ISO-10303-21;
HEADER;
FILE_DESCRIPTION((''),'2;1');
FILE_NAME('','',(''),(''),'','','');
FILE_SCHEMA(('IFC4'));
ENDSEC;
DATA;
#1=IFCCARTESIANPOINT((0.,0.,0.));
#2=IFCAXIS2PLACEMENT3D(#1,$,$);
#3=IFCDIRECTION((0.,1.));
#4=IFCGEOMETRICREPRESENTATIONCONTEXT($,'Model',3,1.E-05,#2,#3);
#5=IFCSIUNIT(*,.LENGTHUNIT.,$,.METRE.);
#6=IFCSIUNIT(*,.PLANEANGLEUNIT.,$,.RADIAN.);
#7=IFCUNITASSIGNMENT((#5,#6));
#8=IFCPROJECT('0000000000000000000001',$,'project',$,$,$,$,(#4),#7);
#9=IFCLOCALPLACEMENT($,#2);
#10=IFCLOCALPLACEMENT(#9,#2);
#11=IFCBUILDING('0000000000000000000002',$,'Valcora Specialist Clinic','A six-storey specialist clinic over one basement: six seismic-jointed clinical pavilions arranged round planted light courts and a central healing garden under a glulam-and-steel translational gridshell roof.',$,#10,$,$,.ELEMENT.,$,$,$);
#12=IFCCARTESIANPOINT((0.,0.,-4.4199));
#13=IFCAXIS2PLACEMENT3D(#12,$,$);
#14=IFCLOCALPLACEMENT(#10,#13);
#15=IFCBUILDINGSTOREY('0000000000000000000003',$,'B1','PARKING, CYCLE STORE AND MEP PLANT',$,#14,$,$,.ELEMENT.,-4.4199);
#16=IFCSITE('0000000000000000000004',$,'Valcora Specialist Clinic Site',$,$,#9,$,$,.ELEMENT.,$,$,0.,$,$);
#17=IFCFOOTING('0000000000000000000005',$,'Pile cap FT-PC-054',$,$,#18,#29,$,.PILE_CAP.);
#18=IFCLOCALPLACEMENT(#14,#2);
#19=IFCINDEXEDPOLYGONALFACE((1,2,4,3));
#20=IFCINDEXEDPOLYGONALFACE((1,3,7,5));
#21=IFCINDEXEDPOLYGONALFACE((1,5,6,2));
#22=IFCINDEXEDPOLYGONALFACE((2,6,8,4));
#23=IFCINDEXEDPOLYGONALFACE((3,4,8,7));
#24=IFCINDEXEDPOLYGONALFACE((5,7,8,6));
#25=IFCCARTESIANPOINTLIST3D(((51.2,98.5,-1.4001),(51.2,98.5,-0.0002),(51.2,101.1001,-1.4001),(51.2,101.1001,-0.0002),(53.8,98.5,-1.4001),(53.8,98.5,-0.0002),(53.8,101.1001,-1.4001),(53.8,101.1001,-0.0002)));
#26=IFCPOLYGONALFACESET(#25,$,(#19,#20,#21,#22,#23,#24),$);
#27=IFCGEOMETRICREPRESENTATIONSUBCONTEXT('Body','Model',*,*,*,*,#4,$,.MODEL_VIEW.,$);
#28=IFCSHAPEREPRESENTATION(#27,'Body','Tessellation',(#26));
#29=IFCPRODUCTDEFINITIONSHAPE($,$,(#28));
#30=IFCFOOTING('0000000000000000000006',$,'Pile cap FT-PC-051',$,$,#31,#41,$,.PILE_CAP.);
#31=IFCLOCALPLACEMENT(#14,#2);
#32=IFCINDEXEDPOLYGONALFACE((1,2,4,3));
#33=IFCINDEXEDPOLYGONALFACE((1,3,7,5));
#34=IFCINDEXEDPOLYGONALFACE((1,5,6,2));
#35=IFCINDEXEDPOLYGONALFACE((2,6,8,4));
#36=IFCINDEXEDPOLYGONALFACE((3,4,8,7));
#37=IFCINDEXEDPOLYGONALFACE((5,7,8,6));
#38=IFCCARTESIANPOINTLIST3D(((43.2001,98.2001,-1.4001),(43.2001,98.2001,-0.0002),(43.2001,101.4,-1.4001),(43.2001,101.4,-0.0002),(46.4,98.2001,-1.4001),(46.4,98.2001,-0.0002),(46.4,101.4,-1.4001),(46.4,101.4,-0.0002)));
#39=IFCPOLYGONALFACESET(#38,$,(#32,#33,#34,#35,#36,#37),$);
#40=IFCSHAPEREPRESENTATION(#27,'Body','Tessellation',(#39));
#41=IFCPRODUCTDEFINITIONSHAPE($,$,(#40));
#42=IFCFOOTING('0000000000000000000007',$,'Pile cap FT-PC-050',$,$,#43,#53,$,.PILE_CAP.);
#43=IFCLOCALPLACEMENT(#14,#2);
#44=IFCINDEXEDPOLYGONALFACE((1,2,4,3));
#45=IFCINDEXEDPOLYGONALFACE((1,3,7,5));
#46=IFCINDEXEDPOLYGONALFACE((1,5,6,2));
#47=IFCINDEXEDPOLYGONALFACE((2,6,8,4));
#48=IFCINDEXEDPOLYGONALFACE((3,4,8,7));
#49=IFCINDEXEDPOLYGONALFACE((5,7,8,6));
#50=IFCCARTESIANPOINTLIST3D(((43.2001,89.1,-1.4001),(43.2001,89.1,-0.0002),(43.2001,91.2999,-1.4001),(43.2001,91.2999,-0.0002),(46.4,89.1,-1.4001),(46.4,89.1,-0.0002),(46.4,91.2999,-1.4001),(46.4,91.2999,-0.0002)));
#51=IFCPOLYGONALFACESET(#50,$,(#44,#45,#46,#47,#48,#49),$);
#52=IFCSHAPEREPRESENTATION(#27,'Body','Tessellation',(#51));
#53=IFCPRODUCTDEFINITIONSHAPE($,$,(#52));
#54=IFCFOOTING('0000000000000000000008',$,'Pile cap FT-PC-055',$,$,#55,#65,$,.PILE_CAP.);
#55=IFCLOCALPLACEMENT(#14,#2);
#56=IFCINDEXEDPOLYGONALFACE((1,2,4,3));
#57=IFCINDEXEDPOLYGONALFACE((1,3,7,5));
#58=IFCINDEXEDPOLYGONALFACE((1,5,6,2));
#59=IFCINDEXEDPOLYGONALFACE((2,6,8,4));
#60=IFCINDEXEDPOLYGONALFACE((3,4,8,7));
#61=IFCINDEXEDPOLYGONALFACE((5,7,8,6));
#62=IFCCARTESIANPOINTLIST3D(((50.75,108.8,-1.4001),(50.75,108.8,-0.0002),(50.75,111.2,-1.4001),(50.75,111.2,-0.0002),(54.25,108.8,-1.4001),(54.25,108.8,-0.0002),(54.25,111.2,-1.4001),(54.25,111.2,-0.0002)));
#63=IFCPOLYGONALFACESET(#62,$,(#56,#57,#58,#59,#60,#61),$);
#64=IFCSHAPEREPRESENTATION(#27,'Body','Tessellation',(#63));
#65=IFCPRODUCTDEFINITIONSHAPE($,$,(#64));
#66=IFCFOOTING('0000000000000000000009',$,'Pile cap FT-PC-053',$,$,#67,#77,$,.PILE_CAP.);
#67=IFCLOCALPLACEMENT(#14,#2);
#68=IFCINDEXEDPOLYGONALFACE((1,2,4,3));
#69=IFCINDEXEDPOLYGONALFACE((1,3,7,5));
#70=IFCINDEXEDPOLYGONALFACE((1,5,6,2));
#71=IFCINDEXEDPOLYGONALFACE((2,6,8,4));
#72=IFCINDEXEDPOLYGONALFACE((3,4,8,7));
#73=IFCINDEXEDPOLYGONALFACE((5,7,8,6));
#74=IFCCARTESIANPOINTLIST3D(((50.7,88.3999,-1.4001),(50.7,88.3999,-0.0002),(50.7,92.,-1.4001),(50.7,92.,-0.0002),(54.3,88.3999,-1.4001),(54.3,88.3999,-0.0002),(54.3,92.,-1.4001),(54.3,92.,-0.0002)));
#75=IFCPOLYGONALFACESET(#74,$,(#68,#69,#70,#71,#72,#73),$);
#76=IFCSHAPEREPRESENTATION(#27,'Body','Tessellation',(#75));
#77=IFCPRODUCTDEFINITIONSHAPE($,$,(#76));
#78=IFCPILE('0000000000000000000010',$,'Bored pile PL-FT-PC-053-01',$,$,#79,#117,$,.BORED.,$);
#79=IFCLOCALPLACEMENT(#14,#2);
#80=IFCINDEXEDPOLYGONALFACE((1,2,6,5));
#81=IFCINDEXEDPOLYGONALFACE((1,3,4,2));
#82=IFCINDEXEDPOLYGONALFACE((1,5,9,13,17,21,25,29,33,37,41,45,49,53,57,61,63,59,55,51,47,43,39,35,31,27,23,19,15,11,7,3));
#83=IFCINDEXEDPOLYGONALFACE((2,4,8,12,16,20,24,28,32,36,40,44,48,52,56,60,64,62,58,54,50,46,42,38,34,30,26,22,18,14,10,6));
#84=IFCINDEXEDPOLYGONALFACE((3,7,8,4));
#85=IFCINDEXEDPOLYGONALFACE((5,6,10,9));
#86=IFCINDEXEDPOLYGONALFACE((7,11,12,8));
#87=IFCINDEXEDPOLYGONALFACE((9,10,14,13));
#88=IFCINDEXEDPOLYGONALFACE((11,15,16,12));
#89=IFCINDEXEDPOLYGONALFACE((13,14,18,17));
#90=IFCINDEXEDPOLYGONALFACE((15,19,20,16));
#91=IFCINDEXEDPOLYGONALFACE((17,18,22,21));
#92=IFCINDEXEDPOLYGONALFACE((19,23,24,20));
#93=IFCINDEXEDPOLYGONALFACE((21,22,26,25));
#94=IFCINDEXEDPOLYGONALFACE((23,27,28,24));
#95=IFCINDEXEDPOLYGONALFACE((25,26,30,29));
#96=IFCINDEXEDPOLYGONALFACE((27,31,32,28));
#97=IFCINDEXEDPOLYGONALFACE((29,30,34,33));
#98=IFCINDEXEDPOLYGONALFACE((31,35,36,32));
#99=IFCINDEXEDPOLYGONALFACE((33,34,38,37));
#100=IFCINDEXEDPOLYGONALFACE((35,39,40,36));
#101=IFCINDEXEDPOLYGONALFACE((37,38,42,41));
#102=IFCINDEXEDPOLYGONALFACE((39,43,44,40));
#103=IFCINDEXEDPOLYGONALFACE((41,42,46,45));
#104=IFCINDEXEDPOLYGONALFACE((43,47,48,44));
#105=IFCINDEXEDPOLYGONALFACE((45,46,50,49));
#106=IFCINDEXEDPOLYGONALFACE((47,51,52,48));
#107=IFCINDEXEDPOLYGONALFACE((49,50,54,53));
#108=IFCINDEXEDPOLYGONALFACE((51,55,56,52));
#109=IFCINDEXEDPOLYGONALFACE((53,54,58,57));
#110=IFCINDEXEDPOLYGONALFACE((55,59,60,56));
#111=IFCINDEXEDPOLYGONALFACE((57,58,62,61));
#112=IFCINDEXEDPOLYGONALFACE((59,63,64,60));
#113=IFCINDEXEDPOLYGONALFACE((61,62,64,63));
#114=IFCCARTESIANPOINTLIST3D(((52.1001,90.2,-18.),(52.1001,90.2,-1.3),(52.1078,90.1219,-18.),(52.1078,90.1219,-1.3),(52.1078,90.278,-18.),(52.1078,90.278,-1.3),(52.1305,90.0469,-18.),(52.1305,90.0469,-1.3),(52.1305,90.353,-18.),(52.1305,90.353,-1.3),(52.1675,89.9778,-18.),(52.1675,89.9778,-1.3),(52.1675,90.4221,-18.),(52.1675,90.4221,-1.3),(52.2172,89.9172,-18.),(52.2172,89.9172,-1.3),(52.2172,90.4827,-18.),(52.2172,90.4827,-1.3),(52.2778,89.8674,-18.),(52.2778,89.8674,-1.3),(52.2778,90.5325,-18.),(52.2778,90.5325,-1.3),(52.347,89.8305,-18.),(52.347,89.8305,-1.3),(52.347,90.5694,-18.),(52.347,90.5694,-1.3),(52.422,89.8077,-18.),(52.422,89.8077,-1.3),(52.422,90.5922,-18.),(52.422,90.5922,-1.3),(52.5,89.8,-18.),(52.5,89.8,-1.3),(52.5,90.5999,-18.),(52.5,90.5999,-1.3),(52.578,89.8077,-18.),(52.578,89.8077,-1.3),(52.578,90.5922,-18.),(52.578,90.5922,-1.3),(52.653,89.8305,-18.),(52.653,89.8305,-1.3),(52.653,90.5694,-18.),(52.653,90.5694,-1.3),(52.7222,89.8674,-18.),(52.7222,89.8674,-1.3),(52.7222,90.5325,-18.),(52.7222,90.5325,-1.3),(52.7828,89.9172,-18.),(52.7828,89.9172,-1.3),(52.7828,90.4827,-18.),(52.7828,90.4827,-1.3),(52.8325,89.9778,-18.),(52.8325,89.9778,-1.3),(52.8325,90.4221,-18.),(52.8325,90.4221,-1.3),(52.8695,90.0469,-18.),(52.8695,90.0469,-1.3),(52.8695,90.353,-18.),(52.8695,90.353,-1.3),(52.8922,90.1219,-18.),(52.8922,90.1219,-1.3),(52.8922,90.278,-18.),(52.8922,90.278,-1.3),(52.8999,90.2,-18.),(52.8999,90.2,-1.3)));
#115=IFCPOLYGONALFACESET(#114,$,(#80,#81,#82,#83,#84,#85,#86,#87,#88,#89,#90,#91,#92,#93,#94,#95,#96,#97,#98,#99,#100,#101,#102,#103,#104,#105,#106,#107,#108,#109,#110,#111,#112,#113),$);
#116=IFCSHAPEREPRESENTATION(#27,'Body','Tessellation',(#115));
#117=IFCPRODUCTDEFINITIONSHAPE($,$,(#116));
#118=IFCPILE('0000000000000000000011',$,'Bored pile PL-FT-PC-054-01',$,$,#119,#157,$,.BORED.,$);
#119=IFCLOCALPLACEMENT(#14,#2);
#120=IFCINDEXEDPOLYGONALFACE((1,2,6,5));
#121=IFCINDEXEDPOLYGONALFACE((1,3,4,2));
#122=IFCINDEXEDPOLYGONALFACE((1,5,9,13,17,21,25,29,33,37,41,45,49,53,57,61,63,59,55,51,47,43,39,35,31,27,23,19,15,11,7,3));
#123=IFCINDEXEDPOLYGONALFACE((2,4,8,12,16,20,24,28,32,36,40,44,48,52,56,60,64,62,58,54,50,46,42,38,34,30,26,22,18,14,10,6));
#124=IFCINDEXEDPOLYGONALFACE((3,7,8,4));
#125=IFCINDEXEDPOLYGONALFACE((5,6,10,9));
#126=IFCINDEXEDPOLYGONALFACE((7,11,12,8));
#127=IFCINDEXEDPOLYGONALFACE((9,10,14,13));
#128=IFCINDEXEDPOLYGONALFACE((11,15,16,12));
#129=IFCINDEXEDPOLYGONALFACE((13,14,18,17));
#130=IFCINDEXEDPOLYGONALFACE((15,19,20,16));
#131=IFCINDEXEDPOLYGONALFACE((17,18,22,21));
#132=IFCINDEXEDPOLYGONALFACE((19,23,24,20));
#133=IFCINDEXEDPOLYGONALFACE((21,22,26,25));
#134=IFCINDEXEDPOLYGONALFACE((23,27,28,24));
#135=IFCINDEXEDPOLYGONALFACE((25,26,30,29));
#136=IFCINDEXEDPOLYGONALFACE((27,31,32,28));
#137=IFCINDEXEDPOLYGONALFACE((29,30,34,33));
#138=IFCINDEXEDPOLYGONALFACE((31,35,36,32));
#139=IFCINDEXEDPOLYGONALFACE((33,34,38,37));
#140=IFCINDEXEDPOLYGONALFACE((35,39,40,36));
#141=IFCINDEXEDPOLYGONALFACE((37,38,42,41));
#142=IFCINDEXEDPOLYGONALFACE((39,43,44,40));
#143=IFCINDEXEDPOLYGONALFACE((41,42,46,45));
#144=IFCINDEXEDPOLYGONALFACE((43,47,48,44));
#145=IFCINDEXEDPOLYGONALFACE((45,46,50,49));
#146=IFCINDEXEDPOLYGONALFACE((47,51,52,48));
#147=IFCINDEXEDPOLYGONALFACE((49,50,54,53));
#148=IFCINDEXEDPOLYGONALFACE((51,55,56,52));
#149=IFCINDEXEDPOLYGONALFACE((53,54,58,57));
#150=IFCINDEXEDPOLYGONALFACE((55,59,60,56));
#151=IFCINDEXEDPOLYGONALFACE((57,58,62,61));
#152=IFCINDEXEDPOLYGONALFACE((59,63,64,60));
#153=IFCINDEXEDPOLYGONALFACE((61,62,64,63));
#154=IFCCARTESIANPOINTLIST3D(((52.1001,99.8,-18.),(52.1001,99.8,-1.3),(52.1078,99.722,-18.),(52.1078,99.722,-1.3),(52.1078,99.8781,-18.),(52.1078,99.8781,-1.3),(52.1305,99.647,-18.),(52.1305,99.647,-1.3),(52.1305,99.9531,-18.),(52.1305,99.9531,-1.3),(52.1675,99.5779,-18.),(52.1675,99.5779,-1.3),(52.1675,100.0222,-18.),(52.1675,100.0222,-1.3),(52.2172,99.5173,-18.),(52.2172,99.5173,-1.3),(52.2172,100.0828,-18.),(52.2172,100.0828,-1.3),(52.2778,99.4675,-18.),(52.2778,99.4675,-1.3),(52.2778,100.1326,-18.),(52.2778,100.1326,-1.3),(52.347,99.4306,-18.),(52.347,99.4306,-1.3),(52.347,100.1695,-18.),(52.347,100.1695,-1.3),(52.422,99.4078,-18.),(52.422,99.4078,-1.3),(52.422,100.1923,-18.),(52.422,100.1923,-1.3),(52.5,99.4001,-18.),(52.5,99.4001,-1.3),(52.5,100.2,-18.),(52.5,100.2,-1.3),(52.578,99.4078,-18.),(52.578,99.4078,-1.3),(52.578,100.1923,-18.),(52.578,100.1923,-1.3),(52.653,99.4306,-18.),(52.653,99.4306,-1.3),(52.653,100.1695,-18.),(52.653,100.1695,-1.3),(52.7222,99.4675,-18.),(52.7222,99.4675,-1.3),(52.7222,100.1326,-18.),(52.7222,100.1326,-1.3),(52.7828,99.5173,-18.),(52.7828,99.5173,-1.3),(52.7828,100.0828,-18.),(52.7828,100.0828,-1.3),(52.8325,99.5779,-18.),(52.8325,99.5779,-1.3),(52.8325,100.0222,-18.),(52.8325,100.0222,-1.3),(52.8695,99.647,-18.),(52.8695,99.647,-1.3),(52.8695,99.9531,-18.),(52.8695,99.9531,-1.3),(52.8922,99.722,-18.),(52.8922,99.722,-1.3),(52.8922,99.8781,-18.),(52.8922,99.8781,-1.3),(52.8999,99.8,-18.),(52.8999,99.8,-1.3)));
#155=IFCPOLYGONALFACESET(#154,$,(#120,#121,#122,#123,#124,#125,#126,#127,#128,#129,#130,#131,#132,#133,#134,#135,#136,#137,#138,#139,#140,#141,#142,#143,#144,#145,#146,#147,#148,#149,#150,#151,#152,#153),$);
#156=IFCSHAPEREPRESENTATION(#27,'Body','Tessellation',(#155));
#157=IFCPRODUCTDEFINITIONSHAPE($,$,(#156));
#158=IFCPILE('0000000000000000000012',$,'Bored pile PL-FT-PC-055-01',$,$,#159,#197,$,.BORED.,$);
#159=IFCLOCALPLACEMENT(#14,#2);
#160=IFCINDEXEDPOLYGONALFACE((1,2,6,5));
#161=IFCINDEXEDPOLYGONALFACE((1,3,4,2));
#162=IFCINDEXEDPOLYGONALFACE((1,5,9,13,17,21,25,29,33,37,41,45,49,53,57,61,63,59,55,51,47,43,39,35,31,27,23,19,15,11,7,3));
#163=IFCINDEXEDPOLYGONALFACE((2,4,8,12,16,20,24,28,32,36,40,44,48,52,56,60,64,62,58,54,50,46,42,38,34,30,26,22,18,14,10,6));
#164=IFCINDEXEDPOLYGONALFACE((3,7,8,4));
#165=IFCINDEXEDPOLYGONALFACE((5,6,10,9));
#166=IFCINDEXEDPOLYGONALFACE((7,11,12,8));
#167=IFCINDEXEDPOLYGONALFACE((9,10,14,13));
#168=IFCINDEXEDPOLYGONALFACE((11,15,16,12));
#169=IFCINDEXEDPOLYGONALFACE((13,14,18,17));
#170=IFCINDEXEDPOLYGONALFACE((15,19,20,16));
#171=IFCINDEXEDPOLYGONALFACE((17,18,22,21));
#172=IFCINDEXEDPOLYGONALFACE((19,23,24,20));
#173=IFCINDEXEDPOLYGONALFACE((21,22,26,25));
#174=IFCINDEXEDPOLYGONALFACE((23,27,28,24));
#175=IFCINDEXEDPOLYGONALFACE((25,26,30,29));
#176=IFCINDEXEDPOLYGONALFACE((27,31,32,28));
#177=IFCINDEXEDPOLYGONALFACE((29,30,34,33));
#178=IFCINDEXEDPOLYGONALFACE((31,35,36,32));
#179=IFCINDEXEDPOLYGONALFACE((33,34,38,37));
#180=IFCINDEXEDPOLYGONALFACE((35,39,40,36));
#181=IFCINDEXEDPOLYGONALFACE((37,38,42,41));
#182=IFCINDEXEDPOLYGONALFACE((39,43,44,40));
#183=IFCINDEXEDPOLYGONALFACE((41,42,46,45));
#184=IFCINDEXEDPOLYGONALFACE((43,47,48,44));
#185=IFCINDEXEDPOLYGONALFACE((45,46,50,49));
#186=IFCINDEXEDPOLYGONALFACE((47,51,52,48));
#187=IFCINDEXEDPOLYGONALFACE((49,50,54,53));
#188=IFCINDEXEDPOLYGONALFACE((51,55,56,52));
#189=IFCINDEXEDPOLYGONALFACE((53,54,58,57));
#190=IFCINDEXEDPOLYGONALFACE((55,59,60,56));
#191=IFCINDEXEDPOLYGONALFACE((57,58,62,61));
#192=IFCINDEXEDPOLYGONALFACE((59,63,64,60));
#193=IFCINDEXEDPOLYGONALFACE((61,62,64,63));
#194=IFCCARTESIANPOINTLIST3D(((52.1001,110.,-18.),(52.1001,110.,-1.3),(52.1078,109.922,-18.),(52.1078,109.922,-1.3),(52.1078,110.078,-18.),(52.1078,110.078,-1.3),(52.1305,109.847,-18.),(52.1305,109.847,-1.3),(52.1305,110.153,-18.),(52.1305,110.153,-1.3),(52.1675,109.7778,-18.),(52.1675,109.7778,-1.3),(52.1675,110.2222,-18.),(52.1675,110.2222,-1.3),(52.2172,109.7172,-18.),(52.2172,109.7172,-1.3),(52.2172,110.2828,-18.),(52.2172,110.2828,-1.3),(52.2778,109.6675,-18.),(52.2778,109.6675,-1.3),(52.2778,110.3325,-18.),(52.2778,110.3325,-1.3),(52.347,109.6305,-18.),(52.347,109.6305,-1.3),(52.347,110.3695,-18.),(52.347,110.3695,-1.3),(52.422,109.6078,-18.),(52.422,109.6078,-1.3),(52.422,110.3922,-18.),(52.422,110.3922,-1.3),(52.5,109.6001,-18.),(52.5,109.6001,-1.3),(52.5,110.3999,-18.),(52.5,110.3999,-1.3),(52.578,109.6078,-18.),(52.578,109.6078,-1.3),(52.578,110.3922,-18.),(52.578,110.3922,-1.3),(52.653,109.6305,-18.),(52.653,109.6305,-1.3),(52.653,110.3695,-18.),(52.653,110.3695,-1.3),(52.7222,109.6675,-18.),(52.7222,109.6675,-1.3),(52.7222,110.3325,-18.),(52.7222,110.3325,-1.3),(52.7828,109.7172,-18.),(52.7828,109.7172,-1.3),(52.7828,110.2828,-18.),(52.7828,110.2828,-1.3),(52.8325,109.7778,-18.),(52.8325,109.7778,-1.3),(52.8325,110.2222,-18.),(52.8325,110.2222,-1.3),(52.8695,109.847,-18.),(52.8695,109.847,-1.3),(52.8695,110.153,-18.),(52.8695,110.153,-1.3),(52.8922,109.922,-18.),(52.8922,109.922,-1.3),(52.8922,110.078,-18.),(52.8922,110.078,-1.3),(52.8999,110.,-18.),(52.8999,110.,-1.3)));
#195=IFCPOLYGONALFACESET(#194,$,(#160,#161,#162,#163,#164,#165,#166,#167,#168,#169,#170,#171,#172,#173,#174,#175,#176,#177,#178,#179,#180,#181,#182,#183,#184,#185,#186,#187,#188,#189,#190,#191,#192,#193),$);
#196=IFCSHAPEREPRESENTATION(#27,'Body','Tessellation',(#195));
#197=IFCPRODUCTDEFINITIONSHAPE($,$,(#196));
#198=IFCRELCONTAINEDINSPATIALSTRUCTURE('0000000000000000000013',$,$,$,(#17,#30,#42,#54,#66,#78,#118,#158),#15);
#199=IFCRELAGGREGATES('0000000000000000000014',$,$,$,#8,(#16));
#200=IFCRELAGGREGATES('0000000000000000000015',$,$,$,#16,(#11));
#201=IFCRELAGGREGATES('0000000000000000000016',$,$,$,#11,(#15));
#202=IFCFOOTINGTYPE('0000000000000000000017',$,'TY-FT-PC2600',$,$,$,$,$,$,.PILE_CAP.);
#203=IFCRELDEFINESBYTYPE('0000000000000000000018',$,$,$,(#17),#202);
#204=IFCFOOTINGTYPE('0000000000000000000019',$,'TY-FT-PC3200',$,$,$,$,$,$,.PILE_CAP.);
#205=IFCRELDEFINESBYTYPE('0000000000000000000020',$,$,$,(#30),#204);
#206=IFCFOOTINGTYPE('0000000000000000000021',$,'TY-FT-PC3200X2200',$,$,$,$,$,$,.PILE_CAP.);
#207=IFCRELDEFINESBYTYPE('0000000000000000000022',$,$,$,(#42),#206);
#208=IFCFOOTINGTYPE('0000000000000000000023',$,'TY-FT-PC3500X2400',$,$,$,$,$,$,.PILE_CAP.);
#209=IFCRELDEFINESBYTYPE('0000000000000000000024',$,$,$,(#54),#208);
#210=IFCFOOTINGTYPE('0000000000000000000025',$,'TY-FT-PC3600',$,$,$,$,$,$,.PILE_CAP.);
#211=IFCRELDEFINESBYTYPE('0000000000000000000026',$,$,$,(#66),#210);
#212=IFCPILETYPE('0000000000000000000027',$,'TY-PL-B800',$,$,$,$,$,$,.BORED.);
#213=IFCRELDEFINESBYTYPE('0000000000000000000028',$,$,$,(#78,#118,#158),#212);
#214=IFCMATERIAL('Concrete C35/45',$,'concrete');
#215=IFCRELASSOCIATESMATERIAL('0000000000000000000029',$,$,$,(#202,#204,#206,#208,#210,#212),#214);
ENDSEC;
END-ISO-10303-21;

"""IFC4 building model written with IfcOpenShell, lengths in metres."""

from ifc_helpers import new_model, si_unit, direction, frame, origin, origin_2d, place, context, subcontext, project, spatial, rectangle, circle, extrude, material, material_profile, profile_set, type_object, element, save


model = new_model("IFC4")

# Units and contexts
model_context = context("Model", 3, precision=1e-05, world=origin(), true_north=direction((0.0, 1.0)))
body_context = subcontext(model_context, "Body", "Model", "MODEL_VIEW")
ifc_project = project(units=[si_unit("LENGTHUNIT", "METRE"), si_unit("PLANEANGLEUNIT", "RADIAN")], contexts=[model_context])

# Site, building, storey
site_placement = place(None, origin())
site = spatial("IfcSite", under=ifc_project, at=site_placement, Name="Valcora Specialist Clinic Site", CompositionType="ELEMENT", RefElevation=0.0)
building_placement = place(site_placement, origin())
building = spatial("IfcBuilding", under=site, at=building_placement, Name="Valcora Specialist Clinic", Description="A six-storey specialist clinic over one basement: six seismic-jointed clinical pavilions arranged round planted light courts and a central healing garden under a glulam-and-steel translational gridshell roof.", CompositionType="ELEMENT")
storey_placement = place(building_placement, frame((0.0, 0.0, -4.4199)))
storey = spatial("IfcBuildingStorey", under=building, at=storey_placement, Name="B1", Description="PARKING, CYCLE STORE AND MEP PLANT", CompositionType="ELEMENT", Elevation=-4.4199)

# Footings
ifc_material_1 = material(Name="Concrete C35/45", Category="concrete")
footing_type_1 = type_object("IfcFootingType", Name="TY-FT-PC2600", PredefinedType="PILE_CAP", material=ifc_material_1)
footing_1_placement = place(storey_placement, frame((52.5, 99.8, -1.4001), z_axis=(0.0, 0.0, 1.0), x_axis=(1.0, 0.0, 0.0)))
element("IfcFooting", 1, at=footing_1_placement, inside=storey, type_object=footing_type_1, Name="Pile cap FT-PC-054", PredefinedType="PILE_CAP", context=body_context, shape_type="SweptSolid", body=[
    extrude(rectangle(XDim=2.6001, YDim=2.6001, at=origin_2d()), origin(), (0.0, 0.0, 1.0), 1.3999),
])
footing_type_2 = type_object("IfcFootingType", Name="TY-FT-PC3200", PredefinedType="PILE_CAP", material=ifc_material_1)
footing_2_placement = place(storey_placement, frame((44.8, 99.8, -1.4001), z_axis=(0.0, 0.0, 1.0), x_axis=(1.0, 0.0, 0.0)))
element("IfcFooting", 2, at=footing_2_placement, inside=storey, type_object=footing_type_2, Name="Pile cap FT-PC-051", PredefinedType="PILE_CAP", context=body_context, shape_type="SweptSolid", body=[
    extrude(rectangle(XDim=3.2, YDim=3.2, at=origin_2d()), origin(), (0.0, 0.0, 1.0), 1.3999),
])
footing_type_3 = type_object("IfcFootingType", Name="TY-FT-PC3200X2200", PredefinedType="PILE_CAP", material=ifc_material_1)
footing_3_placement = place(storey_placement, frame((44.8, 90.2, -1.4001), z_axis=(0.0, 0.0, 1.0), x_axis=(1.0, 0.0, 0.0)))
element("IfcFooting", 3, at=footing_3_placement, inside=storey, type_object=footing_type_3, Name="Pile cap FT-PC-050", PredefinedType="PILE_CAP", context=body_context, shape_type="SweptSolid", body=[
    extrude(rectangle(XDim=3.2, YDim=2.2, at=origin_2d()), origin(), (0.0, 0.0, 1.0), 1.3999),
])
footing_type_4 = type_object("IfcFootingType", Name="TY-FT-PC3500X2400", PredefinedType="PILE_CAP", material=ifc_material_1)
footing_4_placement = place(storey_placement, frame((52.5, 110.0, -1.4001), z_axis=(0.0, 0.0, 1.0), x_axis=(1.0, 0.0, 0.0)))
element("IfcFooting", 4, at=footing_4_placement, inside=storey, type_object=footing_type_4, Name="Pile cap FT-PC-055", PredefinedType="PILE_CAP", context=body_context, shape_type="SweptSolid", body=[
    extrude(rectangle(XDim=3.5, YDim=2.3999, at=origin_2d()), origin(), (0.0, 0.0, 1.0), 1.3999),
])
footing_type_5 = type_object("IfcFootingType", Name="TY-FT-PC3600", PredefinedType="PILE_CAP", material=ifc_material_1)
footing_5_placement = place(storey_placement, frame((52.5, 90.2, -1.4001), z_axis=(0.0, 0.0, 1.0), x_axis=(1.0, 0.0, 0.0)))
element("IfcFooting", 5, at=footing_5_placement, inside=storey, type_object=footing_type_5, Name="Pile cap FT-PC-053", PredefinedType="PILE_CAP", context=body_context, shape_type="SweptSolid", body=[
    extrude(rectangle(XDim=3.6001, YDim=3.6001, at=origin_2d()), origin(), (0.0, 0.0, 1.0), 1.3999),
])

# Piles
ifc_material_profile_1 = material_profile(ifc_material_1, circle(Radius=0.3999, at=origin_2d()), Name="RC-PIL-D800")
ifc_profile_set_1 = profile_set([ifc_material_profile_1], Name="Concrete C35/45")
pile_type_1 = type_object("IfcPileType", Name="TY-PL-B800", PredefinedType="BORED", material=ifc_profile_set_1)
for number, where, z_axis, x_axis, name in (
    (6, (52.5, 90.2, -1.3), (0.0, 0.0, -1.0), (1.0, 0.0, 0.0), "Bored pile PL-FT-PC-053-01"),
    (7, (52.5, 99.8, -1.3), (0.0, 0.0, -1.0), (1.0, 0.0, 0.0), "Bored pile PL-FT-PC-054-01"),
    (8, (52.5, 110.0, -1.3), (0.0, 0.0, -1.0), (1.0, 0.0, 0.0), "Bored pile PL-FT-PC-055-01"),
):
    element("IfcPile", number, at=place(storey_placement, frame(where, z_axis=z_axis, x_axis=x_axis)), inside=storey, type_object=pile_type_1, Name=name, PredefinedType="BORED", context=body_context, shape_type="SweptSolid", body=[
        extrude(circle(Radius=0.3999, at=origin_2d()), origin(), (0.0, 0.0, 1.0), 16.7),
    ])

save(model, "model.ifc")
